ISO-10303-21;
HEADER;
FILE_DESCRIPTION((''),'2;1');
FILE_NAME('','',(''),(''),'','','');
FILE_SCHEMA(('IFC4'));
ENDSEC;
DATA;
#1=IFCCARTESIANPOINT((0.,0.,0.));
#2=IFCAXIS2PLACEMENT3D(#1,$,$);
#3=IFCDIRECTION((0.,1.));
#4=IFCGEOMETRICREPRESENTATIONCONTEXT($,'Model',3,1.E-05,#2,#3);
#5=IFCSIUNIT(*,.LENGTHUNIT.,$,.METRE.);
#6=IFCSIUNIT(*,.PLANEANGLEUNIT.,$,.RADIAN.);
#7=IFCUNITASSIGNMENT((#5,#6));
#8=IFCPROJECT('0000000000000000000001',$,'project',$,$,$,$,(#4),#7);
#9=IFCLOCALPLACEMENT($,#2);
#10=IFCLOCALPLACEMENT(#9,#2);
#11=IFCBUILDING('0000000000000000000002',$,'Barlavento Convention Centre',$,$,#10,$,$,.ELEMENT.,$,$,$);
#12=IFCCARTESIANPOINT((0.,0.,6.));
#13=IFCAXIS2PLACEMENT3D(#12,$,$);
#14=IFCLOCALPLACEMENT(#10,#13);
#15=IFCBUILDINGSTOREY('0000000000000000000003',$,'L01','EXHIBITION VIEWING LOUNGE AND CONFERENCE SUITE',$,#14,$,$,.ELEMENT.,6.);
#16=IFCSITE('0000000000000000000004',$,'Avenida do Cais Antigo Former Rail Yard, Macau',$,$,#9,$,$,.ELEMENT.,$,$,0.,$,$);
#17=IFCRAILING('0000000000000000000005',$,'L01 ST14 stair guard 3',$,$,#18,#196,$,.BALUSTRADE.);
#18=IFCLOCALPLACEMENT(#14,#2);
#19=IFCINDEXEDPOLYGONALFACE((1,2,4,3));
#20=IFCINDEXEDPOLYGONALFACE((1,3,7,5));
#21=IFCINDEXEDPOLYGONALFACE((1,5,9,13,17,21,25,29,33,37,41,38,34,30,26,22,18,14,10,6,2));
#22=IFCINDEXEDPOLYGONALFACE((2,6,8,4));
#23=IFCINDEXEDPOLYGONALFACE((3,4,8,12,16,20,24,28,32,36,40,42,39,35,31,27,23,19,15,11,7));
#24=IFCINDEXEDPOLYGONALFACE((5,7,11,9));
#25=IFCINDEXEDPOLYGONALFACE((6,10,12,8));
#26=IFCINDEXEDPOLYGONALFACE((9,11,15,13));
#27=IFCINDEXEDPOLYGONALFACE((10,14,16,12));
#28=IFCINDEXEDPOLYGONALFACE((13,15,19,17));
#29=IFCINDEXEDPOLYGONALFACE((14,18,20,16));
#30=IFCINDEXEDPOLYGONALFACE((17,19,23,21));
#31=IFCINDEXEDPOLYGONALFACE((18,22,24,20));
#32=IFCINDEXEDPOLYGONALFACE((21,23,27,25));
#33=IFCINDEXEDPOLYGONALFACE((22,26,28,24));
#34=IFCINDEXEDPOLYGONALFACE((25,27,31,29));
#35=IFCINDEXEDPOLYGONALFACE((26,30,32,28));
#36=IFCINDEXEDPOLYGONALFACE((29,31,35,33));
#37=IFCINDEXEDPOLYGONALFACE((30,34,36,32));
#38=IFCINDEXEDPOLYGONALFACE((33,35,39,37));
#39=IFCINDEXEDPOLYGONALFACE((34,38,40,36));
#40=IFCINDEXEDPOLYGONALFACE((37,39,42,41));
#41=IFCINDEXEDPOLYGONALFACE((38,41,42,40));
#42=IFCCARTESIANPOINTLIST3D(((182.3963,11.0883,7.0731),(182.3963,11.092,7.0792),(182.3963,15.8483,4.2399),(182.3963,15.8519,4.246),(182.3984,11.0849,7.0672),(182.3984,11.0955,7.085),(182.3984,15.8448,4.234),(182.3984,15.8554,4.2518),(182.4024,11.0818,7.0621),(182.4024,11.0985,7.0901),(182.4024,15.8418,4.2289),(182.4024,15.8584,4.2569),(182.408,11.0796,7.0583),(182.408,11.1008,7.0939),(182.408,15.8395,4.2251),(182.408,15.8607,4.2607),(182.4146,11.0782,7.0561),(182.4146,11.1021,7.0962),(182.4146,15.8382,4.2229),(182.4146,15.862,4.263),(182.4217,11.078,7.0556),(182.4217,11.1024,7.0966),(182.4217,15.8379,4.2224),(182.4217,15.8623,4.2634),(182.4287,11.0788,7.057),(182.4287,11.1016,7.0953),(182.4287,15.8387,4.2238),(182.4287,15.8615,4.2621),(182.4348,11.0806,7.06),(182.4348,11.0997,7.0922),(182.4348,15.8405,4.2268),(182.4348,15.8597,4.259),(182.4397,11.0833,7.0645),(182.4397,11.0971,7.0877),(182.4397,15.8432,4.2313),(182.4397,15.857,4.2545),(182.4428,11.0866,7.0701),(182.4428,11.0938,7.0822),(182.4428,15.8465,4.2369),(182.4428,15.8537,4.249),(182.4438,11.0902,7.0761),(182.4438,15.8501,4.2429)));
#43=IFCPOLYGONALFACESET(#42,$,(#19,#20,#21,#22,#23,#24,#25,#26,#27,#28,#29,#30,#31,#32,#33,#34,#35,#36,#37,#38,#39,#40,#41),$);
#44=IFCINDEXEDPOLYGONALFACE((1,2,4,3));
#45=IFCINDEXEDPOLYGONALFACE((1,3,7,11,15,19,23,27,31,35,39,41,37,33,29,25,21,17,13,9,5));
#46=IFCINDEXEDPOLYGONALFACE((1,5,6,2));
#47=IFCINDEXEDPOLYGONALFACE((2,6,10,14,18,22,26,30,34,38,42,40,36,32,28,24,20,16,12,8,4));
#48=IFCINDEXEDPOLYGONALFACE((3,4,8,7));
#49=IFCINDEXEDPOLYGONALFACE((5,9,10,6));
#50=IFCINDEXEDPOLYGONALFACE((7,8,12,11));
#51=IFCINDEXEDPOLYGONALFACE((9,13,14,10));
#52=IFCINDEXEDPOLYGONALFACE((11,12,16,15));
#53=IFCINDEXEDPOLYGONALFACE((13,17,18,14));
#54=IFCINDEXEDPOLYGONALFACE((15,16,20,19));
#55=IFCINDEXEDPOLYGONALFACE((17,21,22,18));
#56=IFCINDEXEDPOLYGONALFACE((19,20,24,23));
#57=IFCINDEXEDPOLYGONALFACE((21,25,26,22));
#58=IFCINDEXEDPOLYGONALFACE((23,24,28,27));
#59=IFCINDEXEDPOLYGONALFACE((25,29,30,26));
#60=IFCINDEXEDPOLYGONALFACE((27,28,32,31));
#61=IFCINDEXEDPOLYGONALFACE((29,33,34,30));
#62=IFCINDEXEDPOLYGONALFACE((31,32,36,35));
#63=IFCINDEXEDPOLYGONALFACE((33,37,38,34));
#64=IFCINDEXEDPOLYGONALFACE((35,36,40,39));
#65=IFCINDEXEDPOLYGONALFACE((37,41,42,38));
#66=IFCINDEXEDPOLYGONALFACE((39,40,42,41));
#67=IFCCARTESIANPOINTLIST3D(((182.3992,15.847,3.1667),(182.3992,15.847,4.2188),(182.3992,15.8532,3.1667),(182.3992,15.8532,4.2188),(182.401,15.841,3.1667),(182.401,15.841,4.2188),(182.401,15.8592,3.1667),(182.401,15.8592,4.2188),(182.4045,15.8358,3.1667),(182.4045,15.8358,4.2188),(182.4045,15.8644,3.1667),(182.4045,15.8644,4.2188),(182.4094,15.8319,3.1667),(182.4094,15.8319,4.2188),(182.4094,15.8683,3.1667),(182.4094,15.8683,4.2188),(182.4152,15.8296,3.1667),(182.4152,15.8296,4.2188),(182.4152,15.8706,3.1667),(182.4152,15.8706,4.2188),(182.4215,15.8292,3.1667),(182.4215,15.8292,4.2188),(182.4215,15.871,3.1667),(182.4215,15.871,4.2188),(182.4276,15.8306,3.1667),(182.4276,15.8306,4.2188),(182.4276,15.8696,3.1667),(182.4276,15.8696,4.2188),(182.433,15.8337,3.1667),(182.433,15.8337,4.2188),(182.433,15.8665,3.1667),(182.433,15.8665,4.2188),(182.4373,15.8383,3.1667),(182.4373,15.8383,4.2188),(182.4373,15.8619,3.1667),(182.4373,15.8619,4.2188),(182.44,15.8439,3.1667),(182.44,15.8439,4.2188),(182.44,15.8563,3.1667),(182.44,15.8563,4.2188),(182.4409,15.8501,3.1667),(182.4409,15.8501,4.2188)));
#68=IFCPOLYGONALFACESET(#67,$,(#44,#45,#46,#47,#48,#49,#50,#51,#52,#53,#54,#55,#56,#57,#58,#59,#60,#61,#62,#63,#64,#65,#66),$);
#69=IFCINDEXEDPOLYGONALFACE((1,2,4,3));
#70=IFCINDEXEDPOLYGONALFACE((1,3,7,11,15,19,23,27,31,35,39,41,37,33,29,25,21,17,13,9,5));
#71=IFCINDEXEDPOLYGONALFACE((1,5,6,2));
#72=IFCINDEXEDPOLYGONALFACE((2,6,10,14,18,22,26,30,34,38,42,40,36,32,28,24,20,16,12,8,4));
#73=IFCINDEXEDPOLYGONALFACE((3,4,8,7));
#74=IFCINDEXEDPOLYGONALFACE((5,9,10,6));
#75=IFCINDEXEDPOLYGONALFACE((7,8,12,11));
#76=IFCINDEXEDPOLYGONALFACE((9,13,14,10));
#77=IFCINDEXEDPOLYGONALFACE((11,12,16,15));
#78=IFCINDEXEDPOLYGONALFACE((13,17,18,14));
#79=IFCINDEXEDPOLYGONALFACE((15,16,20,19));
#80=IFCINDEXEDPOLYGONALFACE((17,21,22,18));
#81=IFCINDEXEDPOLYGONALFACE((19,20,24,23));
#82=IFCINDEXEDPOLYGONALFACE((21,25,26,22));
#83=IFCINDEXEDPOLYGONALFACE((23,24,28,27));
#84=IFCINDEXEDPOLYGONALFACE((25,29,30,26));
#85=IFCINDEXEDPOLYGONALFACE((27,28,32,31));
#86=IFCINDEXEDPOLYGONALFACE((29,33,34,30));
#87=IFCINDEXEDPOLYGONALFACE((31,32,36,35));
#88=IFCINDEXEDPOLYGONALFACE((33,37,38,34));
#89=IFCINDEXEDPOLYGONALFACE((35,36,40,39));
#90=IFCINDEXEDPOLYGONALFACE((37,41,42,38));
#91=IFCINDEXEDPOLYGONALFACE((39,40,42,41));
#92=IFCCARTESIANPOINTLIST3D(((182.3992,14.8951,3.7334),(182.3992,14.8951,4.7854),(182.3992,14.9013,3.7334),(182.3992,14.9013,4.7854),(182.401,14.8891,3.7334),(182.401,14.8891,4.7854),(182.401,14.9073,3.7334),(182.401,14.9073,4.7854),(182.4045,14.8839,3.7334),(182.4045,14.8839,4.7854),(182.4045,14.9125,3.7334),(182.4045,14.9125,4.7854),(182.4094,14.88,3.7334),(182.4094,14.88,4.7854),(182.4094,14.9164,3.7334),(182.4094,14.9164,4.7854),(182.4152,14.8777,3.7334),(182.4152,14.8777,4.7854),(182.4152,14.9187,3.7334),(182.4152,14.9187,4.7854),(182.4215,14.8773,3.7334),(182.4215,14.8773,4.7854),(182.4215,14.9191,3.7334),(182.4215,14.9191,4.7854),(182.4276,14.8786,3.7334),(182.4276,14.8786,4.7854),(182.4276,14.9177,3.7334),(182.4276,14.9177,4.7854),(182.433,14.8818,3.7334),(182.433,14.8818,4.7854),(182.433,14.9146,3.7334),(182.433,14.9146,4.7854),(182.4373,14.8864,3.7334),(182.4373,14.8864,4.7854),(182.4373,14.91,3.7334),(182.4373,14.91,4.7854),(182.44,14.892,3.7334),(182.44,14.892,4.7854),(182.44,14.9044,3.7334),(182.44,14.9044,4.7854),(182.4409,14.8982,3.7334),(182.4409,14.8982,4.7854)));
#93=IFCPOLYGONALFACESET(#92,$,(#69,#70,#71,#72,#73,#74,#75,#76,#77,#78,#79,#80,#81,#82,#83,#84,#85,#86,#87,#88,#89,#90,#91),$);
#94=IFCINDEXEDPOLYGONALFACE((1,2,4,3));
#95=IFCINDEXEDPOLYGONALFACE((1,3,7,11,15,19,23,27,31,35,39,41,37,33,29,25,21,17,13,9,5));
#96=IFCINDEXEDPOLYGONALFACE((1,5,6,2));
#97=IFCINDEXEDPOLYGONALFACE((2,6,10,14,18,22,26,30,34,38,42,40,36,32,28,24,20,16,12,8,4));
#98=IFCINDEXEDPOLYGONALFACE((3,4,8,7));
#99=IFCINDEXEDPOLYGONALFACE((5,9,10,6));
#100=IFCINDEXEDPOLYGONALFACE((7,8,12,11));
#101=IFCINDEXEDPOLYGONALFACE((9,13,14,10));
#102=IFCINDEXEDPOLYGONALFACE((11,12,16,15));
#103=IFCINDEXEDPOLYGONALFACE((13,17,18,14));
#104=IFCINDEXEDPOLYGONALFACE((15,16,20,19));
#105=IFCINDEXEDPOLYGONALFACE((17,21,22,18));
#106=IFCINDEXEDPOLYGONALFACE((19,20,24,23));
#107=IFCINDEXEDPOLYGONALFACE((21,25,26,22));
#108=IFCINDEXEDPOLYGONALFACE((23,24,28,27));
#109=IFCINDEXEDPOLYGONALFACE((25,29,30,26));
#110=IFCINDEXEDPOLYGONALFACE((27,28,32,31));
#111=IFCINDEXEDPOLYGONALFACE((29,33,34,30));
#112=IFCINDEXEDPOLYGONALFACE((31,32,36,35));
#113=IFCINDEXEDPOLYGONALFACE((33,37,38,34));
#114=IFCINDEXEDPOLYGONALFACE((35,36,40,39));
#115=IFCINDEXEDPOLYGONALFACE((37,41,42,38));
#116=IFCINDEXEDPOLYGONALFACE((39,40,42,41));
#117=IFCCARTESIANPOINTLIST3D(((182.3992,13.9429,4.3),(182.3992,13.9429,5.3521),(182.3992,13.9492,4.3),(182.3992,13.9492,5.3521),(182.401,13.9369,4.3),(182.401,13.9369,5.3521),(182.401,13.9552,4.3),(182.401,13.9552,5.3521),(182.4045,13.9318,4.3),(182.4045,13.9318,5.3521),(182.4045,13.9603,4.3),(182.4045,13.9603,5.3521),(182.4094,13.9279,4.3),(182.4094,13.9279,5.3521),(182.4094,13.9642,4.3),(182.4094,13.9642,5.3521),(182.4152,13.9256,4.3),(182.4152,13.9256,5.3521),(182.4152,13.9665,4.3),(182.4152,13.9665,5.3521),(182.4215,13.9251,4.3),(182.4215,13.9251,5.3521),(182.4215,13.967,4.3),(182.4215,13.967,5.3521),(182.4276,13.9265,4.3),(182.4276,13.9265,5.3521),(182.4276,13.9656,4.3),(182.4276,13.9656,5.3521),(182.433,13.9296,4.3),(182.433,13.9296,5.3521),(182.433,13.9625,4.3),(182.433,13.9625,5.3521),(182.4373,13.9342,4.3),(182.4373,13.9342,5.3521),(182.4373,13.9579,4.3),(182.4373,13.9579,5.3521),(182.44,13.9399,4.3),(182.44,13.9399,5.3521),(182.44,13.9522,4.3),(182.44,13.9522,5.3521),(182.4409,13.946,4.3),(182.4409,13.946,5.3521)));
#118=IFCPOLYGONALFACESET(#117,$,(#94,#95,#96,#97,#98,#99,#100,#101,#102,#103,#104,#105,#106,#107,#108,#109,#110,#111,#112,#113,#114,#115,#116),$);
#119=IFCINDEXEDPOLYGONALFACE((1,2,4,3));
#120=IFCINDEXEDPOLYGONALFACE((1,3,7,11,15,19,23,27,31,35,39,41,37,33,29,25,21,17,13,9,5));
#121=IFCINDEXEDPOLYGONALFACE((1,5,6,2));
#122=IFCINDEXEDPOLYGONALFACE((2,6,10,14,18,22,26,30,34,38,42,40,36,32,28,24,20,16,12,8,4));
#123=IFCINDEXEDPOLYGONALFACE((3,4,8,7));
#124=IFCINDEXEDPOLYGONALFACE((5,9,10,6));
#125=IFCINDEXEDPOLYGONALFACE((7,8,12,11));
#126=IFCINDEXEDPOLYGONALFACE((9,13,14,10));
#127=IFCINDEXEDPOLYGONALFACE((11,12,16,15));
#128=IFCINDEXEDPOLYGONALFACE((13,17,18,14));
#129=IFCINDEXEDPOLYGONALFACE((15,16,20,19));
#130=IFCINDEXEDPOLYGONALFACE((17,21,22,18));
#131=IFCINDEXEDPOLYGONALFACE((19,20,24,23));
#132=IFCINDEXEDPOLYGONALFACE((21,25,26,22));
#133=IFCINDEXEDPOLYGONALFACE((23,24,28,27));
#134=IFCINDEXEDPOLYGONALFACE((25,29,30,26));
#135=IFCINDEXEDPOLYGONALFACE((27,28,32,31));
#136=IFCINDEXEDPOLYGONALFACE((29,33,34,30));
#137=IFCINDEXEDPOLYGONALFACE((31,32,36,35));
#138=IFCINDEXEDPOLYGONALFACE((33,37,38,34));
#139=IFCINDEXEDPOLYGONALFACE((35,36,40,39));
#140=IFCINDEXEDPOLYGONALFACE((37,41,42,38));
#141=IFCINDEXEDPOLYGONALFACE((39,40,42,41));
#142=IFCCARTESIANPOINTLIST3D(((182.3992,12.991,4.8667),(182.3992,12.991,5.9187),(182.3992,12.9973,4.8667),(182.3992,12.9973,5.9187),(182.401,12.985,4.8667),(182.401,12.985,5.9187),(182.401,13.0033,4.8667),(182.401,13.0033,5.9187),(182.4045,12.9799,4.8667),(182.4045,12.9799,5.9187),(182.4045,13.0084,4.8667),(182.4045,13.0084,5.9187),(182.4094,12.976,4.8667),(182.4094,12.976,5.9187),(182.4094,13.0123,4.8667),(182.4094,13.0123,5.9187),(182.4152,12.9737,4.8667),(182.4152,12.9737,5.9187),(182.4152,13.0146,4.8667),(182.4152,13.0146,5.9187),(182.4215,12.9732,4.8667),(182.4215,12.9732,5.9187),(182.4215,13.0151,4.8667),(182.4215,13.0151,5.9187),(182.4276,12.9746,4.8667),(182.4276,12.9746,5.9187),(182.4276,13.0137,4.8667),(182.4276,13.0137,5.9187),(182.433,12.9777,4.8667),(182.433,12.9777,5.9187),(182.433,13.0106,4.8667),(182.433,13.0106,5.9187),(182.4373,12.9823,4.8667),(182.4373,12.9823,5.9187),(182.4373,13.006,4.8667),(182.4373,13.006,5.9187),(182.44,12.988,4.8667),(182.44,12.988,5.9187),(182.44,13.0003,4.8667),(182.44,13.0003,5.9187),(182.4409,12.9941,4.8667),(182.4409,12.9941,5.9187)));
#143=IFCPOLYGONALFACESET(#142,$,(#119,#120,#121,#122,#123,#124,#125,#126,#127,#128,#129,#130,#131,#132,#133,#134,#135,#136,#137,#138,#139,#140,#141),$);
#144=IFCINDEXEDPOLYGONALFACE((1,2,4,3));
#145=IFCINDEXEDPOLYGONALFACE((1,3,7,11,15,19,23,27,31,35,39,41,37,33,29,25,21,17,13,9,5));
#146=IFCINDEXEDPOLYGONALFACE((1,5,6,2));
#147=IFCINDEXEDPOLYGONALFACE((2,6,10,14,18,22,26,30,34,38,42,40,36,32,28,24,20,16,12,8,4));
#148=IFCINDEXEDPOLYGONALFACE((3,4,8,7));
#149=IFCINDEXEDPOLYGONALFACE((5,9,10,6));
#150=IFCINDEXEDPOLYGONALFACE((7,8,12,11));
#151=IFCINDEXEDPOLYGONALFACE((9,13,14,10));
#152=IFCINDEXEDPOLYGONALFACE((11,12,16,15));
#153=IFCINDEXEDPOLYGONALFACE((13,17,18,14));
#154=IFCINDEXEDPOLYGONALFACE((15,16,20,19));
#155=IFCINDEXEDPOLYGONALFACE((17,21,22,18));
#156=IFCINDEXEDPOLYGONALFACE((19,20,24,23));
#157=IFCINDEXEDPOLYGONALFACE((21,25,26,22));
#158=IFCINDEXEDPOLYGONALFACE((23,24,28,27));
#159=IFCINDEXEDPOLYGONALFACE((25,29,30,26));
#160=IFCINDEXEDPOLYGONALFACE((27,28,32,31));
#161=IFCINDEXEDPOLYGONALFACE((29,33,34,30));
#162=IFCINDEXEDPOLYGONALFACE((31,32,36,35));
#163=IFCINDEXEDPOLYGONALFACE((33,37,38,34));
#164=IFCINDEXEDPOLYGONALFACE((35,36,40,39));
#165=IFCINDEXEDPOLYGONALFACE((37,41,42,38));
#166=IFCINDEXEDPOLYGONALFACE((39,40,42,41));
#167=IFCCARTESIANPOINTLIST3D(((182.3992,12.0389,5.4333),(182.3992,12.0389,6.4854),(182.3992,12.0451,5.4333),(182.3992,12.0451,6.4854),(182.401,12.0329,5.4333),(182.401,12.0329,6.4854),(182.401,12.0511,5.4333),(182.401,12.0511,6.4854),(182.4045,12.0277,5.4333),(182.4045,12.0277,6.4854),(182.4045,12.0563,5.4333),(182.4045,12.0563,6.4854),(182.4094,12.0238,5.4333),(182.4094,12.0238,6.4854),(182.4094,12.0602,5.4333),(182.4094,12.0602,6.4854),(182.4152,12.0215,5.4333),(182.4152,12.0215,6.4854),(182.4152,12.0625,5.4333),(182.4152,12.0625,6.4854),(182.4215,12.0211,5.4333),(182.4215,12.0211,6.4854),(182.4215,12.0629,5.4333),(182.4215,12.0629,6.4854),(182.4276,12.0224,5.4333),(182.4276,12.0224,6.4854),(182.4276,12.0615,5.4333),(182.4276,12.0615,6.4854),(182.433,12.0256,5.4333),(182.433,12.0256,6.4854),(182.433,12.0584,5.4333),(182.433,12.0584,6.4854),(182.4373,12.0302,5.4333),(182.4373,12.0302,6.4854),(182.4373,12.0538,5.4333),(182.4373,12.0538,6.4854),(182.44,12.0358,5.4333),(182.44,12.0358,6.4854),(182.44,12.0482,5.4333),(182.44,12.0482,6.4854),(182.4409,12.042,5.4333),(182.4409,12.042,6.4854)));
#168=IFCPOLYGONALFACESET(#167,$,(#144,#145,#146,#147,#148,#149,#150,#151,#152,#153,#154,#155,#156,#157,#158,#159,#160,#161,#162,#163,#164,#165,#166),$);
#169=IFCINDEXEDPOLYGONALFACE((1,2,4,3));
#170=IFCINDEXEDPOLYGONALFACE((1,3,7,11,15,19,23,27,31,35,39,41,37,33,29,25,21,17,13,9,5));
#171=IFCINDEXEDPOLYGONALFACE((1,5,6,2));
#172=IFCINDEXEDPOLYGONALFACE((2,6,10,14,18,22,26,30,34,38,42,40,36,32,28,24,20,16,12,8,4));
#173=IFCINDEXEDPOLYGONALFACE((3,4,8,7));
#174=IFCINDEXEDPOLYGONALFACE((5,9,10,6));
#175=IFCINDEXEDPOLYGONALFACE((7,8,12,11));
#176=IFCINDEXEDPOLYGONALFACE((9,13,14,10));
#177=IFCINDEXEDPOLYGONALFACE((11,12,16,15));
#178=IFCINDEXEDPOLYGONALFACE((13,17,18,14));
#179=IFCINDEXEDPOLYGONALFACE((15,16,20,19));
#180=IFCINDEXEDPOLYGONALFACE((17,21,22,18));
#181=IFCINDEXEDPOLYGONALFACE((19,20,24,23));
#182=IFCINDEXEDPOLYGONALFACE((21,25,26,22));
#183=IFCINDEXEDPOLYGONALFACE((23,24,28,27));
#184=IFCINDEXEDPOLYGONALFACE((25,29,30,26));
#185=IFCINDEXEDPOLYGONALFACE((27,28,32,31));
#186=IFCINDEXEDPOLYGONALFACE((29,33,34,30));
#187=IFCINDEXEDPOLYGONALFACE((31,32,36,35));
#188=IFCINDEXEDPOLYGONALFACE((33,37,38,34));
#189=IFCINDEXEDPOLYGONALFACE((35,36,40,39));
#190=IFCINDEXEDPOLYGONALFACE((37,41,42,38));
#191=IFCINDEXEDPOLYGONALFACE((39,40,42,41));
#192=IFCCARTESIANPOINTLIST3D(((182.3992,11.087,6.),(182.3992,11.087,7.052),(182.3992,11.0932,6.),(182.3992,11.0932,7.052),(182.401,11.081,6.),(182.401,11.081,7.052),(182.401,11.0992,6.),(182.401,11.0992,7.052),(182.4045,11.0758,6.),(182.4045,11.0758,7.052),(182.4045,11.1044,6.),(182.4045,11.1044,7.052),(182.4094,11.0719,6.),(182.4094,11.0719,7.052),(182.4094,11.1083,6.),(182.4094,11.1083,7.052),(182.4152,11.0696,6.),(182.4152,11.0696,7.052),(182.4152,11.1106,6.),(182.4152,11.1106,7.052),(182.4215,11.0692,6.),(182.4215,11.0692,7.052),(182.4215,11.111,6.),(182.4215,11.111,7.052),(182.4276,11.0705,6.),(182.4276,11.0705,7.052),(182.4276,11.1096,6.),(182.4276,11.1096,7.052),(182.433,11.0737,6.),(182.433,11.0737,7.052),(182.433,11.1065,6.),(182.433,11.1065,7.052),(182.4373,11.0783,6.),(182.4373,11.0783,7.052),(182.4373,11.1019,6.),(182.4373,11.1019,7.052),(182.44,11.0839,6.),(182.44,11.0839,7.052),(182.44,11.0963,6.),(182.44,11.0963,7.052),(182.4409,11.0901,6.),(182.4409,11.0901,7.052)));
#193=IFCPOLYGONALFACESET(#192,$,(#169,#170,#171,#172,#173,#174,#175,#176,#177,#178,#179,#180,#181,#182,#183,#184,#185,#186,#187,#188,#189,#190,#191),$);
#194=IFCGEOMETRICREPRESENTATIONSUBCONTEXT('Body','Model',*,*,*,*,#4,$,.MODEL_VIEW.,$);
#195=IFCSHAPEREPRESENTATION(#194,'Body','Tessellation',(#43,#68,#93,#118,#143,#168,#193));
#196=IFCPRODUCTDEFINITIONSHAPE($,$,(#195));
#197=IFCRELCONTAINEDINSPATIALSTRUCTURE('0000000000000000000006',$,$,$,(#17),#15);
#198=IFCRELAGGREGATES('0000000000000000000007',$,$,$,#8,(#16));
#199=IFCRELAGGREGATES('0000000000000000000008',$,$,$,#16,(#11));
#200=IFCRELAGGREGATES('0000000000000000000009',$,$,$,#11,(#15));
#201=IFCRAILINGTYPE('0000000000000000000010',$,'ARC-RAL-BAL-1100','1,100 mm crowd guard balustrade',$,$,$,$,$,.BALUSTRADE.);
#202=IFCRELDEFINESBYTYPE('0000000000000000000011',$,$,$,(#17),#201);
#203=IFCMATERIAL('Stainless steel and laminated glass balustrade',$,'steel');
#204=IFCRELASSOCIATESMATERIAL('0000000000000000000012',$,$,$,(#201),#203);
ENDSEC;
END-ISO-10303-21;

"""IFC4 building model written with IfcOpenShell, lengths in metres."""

from ifc_helpers import new_model, si_unit, direction, frame, origin, origin_2d, place, context, subcontext, project, spatial, circle, extrude, material, type_object, element, save


model = new_model("IFC4")

# Units and contexts
model_context = context("Model", 3, precision=1e-05, world=origin(), true_north=direction((0.0, 1.0)))
body_context = subcontext(model_context, "Body", "Model", "MODEL_VIEW")
ifc_project = project(units=[si_unit("LENGTHUNIT", "METRE"), si_unit("PLANEANGLEUNIT", "RADIAN")], contexts=[model_context])

# Site, building, storey
site_placement = place(None, origin())
site = spatial("IfcSite", under=ifc_project, at=site_placement, Name="Avenida do Cais Antigo Former Rail Yard, Macau", CompositionType="ELEMENT", RefElevation=0.0)
building_placement = place(site_placement, origin())
building = spatial("IfcBuilding", under=site, at=building_placement, Name="Barlavento Convention Centre", CompositionType="ELEMENT")
storey_placement = place(building_placement, frame((0.0, 0.0, 6.0)))
storey = spatial("IfcBuildingStorey", under=building, at=storey_placement, Name="L01", Description="EXHIBITION VIEWING LOUNGE AND CONFERENCE SUITE", CompositionType="ELEMENT", Elevation=6.0)

# Railing
ifc_material_1 = material(Name="Stainless steel and laminated glass balustrade", Category="steel")
railing_type_1 = type_object("IfcRailingType", Name="ARC-RAL-BAL-1100", Description="1,100 mm crowd guard balustrade", PredefinedType="BALUSTRADE", material=ifc_material_1)
railing_1_placement = place(storey_placement, frame((182.4199, 15.8501, 3.1667)))
element("IfcRailing", 1, at=railing_1_placement, inside=storey, type_object=railing_type_1, Name="L01 ST14 stair guard 3", PredefinedType="BALUSTRADE", context=body_context, shape_type="SweptSolid", body=[
    extrude(circle(Radius=0.0239, at=origin_2d()), frame((0.0, 0.0, 1.0762), z_axis=(0.0, -0.8593, 0.511472), x_axis=(1.0, 0.0, 0.0)), (0.0, 0.0, 1.0), 5.5393),
    extrude(circle(Radius=0.021, at=origin_2d()), origin(), (0.0, 0.0, 1.0), 1.052),
    extrude(circle(Radius=0.021, at=origin_2d()), frame((0.0, -0.9519, 0.5667)), (0.0, 0.0, 1.0), 1.052),
    extrude(circle(Radius=0.021, at=origin_2d()), frame((0.0, -1.9041, 1.1333)), (0.0, 0.0, 1.0), 1.052),
    extrude(circle(Radius=0.021, at=origin_2d()), frame((0.0, -2.856, 1.7)), (0.0, 0.0, 1.0), 1.052),
    extrude(circle(Radius=0.021, at=origin_2d()), frame((0.0, -3.8081, 2.2666)), (0.0, 0.0, 1.0), 1.052),
    extrude(circle(Radius=0.021, at=origin_2d()), frame((0.0, -4.76, 2.8333)), (0.0, 0.0, 1.0), 1.052),
])

save(model, "model.ifc")
